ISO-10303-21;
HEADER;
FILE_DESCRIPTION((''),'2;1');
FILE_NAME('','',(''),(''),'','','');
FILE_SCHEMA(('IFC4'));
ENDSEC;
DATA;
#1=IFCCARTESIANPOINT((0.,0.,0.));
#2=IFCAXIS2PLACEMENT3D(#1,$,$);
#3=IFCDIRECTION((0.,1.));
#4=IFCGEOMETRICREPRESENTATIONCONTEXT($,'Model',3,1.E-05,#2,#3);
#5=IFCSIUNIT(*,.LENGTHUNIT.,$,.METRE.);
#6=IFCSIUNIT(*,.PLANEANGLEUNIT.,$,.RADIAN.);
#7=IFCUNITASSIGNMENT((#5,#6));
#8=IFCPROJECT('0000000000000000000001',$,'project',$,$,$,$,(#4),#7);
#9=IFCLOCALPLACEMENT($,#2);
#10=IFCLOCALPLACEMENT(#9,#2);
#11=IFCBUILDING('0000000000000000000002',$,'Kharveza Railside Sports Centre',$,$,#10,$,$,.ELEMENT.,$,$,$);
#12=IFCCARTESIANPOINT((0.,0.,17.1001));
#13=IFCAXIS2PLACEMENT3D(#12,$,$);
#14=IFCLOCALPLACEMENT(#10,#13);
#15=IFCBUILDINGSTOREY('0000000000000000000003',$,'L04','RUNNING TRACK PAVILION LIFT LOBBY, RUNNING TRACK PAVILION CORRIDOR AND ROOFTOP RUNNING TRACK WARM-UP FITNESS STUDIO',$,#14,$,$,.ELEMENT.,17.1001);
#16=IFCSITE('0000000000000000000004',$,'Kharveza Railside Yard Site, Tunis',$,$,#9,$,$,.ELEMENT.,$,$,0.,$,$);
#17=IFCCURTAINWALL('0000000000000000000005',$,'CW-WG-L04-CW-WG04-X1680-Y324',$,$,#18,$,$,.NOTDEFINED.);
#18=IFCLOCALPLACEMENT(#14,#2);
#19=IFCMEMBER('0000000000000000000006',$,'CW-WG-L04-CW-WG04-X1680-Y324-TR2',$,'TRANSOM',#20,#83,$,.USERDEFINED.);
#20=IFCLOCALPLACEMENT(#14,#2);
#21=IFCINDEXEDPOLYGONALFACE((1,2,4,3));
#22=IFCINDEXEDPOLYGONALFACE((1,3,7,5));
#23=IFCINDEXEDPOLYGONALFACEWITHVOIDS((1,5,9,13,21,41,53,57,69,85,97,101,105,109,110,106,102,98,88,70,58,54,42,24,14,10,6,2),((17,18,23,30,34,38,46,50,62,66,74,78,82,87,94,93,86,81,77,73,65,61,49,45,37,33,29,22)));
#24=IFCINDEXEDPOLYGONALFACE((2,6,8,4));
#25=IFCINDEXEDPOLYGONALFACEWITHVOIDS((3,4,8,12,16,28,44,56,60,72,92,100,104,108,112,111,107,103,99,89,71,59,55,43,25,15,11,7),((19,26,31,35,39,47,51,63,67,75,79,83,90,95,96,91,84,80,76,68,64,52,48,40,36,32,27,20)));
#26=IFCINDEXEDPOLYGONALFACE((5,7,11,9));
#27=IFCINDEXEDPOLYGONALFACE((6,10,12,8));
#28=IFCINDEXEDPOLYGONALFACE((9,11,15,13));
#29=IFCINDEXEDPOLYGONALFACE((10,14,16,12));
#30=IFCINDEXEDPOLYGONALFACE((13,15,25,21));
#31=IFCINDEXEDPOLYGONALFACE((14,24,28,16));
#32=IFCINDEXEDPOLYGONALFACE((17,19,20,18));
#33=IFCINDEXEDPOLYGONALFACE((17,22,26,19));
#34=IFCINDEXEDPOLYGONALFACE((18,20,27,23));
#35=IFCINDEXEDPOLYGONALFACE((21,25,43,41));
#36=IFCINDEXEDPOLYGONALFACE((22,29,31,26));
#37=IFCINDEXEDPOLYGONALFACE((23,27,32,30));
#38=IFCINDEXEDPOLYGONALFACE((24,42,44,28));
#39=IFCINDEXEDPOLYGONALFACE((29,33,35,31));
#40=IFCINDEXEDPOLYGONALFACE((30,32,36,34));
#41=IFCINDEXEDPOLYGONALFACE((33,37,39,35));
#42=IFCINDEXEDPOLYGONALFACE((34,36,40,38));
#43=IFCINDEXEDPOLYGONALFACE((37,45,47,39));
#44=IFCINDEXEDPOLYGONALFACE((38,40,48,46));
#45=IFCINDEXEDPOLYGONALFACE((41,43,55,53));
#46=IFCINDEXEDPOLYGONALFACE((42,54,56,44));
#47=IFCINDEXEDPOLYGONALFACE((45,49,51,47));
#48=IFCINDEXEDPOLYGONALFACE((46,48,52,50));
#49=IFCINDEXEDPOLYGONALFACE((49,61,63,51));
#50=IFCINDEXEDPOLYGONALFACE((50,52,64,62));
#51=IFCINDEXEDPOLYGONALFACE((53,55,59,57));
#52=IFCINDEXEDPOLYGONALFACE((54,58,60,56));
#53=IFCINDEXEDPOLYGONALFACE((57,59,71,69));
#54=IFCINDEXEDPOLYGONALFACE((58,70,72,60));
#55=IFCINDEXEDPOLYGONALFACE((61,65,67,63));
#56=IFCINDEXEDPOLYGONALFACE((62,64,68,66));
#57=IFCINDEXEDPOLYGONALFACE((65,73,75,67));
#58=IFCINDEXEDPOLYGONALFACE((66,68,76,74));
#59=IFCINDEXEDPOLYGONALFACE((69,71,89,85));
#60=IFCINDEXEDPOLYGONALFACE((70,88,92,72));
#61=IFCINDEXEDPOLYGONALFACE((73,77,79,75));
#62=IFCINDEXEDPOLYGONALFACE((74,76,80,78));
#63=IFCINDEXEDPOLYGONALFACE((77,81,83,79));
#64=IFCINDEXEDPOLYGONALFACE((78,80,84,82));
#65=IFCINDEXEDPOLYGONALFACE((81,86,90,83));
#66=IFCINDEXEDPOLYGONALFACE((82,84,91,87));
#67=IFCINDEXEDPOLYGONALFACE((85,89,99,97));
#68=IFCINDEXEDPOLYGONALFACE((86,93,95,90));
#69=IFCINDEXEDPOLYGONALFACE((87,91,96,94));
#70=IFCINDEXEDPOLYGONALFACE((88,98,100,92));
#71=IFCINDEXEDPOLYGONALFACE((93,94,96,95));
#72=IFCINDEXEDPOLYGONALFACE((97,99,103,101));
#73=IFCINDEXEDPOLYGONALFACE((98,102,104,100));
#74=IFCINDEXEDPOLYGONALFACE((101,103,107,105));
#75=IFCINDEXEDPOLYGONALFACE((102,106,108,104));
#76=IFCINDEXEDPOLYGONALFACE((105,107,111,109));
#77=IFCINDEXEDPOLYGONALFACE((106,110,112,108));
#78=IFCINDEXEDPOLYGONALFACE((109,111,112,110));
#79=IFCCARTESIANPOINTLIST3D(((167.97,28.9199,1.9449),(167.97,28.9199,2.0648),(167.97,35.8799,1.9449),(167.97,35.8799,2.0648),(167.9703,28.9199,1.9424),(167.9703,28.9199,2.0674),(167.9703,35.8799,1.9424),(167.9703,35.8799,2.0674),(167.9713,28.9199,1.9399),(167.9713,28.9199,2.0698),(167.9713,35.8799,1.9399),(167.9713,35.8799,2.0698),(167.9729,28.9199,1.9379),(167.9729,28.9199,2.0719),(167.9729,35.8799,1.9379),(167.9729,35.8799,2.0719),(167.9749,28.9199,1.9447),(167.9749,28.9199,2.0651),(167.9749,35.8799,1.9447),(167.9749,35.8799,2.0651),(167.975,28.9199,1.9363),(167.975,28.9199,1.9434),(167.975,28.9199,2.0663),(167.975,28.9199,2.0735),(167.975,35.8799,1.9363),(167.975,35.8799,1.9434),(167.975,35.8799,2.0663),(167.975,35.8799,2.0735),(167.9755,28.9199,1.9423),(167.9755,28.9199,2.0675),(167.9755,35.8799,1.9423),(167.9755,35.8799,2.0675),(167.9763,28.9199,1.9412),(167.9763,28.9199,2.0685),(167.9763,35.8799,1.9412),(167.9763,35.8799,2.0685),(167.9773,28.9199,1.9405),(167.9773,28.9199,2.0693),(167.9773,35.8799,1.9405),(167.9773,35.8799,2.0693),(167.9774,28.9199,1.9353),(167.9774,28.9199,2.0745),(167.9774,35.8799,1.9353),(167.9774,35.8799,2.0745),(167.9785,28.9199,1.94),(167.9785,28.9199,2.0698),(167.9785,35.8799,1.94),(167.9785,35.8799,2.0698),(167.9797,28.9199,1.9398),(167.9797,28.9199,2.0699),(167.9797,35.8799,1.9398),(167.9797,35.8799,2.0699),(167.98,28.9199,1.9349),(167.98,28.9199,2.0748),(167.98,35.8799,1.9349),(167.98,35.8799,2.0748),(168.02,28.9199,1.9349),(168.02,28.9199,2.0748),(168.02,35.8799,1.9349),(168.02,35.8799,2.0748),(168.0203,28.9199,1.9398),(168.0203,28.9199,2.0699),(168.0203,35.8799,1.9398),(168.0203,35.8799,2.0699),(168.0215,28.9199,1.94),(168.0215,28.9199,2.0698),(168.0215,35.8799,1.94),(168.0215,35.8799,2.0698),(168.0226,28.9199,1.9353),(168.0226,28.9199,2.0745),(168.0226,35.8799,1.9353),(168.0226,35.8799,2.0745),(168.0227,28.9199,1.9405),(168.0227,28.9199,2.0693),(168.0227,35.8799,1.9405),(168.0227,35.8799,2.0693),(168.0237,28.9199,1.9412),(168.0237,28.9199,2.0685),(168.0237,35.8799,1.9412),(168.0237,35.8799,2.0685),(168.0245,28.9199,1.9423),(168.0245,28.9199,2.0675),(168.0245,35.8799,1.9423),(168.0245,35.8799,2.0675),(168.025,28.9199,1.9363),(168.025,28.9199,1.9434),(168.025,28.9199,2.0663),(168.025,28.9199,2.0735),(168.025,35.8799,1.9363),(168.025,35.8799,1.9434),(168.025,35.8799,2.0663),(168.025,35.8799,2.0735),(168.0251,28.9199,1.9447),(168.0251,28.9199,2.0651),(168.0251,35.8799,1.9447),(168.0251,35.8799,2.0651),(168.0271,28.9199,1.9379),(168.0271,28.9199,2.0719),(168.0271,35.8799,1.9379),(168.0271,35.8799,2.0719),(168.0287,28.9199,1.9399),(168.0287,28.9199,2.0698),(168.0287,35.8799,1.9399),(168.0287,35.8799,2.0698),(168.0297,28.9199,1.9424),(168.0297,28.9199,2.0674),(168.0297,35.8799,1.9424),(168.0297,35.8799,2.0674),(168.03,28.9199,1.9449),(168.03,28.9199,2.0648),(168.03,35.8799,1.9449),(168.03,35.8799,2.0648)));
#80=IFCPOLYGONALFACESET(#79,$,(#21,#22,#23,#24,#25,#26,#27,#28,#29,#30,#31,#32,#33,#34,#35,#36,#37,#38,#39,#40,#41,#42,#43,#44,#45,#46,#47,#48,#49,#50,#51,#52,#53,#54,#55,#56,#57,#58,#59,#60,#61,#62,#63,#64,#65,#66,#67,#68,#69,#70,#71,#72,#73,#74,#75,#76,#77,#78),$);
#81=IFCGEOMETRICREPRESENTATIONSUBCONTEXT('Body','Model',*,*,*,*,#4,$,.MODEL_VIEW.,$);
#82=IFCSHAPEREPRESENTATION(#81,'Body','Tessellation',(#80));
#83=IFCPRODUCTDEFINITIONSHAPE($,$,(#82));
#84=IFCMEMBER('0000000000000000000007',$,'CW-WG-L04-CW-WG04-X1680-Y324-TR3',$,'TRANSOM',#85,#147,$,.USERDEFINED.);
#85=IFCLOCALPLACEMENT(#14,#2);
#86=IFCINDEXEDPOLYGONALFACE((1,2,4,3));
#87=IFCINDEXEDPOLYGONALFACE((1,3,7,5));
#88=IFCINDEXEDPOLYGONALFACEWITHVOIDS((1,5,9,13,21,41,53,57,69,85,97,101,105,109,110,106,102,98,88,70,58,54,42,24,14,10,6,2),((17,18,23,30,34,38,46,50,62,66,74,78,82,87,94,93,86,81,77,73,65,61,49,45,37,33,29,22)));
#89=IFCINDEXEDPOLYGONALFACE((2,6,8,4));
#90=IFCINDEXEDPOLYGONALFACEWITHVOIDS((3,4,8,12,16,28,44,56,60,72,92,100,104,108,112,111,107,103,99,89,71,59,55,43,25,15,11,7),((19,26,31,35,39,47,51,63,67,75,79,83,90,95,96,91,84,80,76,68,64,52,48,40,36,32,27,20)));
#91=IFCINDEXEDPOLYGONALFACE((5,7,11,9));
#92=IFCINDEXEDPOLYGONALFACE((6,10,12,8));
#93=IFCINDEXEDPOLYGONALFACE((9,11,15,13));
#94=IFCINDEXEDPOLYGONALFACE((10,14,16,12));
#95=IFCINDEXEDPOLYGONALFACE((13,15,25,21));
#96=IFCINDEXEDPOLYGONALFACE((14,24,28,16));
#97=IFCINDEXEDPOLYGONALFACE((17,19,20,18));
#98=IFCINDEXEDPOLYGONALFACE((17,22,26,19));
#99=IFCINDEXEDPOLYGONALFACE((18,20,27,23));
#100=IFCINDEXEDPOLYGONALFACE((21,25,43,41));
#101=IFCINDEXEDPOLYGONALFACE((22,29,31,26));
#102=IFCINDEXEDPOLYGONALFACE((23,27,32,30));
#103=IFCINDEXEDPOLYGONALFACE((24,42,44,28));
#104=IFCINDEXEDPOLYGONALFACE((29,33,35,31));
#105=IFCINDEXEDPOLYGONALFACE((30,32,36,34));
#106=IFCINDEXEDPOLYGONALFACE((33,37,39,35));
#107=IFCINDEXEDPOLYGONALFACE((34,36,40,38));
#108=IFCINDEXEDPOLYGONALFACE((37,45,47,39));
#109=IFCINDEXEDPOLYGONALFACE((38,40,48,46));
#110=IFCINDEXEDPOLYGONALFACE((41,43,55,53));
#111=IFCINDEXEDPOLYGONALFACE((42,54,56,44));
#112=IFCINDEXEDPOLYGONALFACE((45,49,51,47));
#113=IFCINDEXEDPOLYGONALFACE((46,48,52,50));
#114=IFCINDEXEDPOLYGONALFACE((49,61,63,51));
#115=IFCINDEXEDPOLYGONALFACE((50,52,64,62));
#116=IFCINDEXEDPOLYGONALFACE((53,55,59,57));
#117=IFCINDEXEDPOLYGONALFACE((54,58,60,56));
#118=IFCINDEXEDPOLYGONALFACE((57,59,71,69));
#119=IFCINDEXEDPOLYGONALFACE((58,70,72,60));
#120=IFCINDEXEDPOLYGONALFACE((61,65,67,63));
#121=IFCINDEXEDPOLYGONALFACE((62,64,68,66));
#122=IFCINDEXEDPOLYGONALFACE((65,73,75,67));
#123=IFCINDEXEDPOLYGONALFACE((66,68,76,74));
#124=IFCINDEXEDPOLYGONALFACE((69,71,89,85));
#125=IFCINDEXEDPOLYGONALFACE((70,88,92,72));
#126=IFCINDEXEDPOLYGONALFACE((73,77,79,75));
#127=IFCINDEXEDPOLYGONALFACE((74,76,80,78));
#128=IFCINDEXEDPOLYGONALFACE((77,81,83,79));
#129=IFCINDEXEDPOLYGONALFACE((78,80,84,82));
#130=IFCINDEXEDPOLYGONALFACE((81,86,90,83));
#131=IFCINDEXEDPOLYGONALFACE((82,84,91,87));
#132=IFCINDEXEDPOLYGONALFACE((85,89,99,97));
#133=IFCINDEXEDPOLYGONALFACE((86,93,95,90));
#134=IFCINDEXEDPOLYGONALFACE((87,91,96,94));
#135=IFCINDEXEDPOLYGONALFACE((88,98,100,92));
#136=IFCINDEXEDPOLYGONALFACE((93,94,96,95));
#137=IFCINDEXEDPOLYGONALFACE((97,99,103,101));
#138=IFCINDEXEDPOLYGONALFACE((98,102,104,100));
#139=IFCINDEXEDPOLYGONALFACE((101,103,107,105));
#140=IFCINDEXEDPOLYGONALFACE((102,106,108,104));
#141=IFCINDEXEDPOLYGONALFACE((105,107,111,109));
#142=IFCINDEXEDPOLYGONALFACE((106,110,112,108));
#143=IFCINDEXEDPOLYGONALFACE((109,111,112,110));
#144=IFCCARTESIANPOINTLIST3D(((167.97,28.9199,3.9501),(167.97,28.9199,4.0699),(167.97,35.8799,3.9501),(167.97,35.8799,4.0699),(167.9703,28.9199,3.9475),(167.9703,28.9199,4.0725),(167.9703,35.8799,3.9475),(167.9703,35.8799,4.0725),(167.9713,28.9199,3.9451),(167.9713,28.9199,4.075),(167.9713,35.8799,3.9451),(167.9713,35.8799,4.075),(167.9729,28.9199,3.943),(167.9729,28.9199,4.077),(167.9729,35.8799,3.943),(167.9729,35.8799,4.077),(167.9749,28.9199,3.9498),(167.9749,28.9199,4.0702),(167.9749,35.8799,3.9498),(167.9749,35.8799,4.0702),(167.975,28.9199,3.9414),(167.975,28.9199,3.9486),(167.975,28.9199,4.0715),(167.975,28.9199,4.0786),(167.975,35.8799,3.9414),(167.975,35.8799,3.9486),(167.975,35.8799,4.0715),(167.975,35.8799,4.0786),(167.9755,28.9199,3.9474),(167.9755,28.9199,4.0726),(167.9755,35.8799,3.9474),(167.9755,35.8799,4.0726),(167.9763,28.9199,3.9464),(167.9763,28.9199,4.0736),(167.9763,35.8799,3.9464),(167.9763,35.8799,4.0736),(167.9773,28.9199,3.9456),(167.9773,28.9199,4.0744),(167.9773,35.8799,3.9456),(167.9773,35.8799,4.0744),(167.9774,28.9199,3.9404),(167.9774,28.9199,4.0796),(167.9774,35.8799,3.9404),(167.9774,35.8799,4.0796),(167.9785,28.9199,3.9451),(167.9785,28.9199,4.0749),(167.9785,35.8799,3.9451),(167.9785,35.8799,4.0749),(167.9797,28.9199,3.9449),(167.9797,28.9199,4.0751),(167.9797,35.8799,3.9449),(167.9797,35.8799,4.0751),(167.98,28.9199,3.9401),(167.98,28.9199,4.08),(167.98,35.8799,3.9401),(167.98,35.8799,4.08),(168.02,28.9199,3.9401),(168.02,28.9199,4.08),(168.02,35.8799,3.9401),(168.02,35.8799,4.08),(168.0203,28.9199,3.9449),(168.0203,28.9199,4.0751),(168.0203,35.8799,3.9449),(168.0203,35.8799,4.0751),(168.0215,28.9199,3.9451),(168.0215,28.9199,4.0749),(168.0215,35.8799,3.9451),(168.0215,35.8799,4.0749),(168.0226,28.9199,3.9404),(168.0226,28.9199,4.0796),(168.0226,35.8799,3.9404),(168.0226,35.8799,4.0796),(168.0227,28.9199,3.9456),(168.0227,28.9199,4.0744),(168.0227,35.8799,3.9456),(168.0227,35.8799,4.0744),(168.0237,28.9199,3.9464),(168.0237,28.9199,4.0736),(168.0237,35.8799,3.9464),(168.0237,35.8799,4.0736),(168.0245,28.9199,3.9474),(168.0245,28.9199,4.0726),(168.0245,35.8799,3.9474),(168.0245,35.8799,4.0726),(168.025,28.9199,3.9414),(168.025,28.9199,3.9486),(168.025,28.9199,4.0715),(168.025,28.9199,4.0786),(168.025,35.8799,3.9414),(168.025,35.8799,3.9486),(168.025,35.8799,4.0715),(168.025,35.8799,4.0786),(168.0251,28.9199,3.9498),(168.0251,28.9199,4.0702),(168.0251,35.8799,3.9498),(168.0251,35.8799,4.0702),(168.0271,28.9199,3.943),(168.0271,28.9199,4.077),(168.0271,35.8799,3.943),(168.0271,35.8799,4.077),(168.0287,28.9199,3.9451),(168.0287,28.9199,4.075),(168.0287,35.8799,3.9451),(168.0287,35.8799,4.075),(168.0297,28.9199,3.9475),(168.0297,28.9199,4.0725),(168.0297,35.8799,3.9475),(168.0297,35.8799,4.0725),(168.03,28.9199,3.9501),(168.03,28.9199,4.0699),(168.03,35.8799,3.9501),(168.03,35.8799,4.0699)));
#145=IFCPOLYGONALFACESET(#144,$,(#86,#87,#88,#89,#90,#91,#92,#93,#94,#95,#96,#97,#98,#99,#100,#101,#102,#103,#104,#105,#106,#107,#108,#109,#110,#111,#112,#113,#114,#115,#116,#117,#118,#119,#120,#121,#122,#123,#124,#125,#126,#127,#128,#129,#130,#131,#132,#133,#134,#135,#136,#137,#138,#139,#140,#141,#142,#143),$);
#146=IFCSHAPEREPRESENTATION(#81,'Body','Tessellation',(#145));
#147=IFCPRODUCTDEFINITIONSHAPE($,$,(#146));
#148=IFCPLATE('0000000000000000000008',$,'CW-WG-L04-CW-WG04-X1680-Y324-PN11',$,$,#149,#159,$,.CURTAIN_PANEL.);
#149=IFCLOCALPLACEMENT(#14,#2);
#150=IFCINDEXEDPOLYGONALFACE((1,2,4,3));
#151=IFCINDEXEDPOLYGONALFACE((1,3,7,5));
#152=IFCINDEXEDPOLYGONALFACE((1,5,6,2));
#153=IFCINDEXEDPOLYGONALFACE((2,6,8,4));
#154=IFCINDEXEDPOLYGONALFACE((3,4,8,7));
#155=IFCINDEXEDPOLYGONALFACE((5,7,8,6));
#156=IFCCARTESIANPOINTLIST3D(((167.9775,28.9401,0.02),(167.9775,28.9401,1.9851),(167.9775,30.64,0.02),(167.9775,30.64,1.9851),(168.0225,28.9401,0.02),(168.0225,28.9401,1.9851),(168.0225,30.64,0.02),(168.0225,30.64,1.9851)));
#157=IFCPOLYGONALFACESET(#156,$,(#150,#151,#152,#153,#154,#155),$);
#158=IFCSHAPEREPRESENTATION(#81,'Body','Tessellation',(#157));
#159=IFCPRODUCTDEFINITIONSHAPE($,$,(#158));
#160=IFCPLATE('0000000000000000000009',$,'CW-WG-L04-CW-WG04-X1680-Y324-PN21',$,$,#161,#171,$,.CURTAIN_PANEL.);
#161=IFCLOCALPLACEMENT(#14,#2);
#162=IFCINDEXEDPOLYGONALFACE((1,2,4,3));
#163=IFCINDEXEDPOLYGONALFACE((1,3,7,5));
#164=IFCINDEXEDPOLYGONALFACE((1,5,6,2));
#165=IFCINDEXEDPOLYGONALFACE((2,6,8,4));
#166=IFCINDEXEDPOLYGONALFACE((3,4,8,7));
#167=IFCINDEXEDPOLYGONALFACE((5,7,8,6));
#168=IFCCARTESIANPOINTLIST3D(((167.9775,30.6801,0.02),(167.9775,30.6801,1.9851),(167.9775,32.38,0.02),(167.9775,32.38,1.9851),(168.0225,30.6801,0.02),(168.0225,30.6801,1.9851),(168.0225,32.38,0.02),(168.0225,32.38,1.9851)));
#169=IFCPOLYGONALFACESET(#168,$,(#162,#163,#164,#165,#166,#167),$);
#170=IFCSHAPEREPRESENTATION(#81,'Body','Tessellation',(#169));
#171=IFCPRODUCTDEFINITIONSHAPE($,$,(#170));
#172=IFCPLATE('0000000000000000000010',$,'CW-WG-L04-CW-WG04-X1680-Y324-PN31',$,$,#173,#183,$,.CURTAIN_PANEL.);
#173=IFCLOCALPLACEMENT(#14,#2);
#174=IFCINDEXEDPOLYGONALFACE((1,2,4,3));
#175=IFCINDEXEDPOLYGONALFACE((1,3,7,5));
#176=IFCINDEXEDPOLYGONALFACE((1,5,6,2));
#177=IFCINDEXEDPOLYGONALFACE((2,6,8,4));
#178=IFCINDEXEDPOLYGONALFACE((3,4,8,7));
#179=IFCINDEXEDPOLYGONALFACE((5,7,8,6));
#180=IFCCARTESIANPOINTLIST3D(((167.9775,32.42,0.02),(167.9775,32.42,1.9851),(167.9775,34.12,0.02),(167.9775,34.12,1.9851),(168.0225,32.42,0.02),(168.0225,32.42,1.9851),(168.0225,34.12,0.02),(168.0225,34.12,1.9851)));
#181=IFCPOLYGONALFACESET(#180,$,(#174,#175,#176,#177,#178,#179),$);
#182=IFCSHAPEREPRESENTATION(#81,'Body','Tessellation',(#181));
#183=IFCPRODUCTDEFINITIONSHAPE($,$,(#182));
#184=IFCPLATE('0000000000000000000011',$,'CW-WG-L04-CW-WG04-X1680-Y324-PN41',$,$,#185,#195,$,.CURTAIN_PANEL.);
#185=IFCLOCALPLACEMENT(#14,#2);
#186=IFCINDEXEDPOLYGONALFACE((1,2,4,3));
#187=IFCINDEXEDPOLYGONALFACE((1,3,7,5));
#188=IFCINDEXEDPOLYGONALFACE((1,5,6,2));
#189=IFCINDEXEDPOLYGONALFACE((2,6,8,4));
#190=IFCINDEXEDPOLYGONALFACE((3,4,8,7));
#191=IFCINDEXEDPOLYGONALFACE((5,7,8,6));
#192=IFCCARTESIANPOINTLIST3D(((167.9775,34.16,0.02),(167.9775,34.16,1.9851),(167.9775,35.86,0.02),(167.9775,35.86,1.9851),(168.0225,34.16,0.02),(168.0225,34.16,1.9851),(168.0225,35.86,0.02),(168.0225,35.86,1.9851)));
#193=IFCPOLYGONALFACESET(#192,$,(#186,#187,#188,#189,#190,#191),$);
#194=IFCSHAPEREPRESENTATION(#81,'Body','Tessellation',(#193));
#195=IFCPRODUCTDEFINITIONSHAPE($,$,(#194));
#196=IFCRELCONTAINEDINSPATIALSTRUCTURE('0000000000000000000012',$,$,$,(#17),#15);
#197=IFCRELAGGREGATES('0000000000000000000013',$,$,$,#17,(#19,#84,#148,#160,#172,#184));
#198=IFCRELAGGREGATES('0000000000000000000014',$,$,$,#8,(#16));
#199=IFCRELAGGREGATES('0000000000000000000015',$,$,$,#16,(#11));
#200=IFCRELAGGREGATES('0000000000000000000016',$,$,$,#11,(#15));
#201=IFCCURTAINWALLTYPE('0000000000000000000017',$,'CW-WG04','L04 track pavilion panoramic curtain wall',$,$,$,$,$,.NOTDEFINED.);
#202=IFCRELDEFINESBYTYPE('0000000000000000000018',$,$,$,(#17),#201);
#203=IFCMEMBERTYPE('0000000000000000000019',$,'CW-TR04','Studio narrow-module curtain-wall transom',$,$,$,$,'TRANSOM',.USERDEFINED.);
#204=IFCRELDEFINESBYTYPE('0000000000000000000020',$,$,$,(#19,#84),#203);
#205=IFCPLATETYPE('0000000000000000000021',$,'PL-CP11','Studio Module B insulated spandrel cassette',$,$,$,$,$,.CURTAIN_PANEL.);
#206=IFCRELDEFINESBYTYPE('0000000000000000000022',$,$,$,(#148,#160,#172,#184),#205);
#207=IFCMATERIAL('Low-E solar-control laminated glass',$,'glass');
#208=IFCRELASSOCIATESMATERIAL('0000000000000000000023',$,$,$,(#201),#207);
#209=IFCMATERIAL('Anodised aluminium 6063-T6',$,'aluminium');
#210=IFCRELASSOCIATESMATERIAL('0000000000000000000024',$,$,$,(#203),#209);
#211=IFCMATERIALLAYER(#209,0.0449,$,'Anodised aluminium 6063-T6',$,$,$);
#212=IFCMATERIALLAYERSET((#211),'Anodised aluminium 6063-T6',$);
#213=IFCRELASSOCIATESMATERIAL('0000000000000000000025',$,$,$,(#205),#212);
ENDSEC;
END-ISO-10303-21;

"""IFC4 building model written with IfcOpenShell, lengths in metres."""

from ifc_helpers import new_model, si_unit, direction, frame, origin, origin_2d, place, context, subcontext, project, spatial, rectangle, hollow_rectangle, extrude, material, layer, layer_set, material_profile, profile_set, type_object, element, aggregate, save


model = new_model("IFC4")

# Units and contexts
model_context = context("Model", 3, precision=1e-05, world=origin(), true_north=direction((0.0, 1.0)))
body_context = subcontext(model_context, "Body", "Model", "MODEL_VIEW")
ifc_project = project(units=[si_unit("LENGTHUNIT", "METRE"), si_unit("PLANEANGLEUNIT", "RADIAN")], contexts=[model_context])

# Site, building, storey
site_placement = place(None, origin())
site = spatial("IfcSite", under=ifc_project, at=site_placement, Name="Kharveza Railside Yard Site, Tunis", CompositionType="ELEMENT", RefElevation=0.0)
building_placement = place(site_placement, origin())
building = spatial("IfcBuilding", under=site, at=building_placement, Name="Kharveza Railside Sports Centre", CompositionType="ELEMENT")
storey_placement = place(building_placement, frame((0.0, 0.0, 17.1001)))
storey = spatial("IfcBuildingStorey", under=building, at=storey_placement, Name="L04", Description="RUNNING TRACK PAVILION LIFT LOBBY, RUNNING TRACK PAVILION CORRIDOR AND ROOFTOP RUNNING TRACK WARM-UP FITNESS STUDIO", CompositionType="ELEMENT", Elevation=17.1001)

# Curtain wall, members, plates
ifc_material_1 = material(Name="Low-E solar-control laminated glass", Category="glass")
curtain_wall_type = type_object("IfcCurtainWallType", Name="CW-WG04", Description="L04 track pavilion panoramic curtain wall", PredefinedType="NOTDEFINED", material=ifc_material_1)
curtain_wall_placement = place(storey_placement, origin())
curtain_wall = element("IfcCurtainWall", 1, at=curtain_wall_placement, inside=storey, type_object=curtain_wall_type, Name="CW-WG-L04-CW-WG04-X1680-Y324", PredefinedType="NOTDEFINED")
ifc_material_2 = material(Name="Anodised aluminium 6063-T6", Category="aluminium")
ifc_material_profile_1 = material_profile(ifc_material_2, hollow_rectangle(XDim=0.0601, YDim=0.1399, WallThickness=0.0049, InnerFilletRadius=0.0049, OuterFilletRadius=0.01, at=origin_2d()), Name="RHS 60x140x5.0")
ifc_profile_set_1 = profile_set([ifc_material_profile_1], Name="Anodised aluminium 6063-T6")
member_type_1 = type_object("IfcMemberType", Name="CW-TR04", Description="Studio narrow-module curtain-wall transom", ElementType="TRANSOM", PredefinedType="USERDEFINED", material=ifc_profile_set_1)
member_1_placement = place(storey_placement, frame((168.0, 28.9199, 2.0049), z_axis=(0.0, 1.0, 0.0), x_axis=(-1.0, 0.0, 0.0)))
member_1 = element("IfcMember", 2, at=member_1_placement, type_object=member_type_1, Name="CW-WG-L04-CW-WG04-X1680-Y324-TR2", ObjectType="TRANSOM", PredefinedType="USERDEFINED", context=body_context, shape_type="SweptSolid", body=[
    extrude(hollow_rectangle(XDim=0.0601, YDim=0.1399, WallThickness=0.0049, InnerFilletRadius=0.0049, OuterFilletRadius=0.01, at=origin_2d()), origin(), (0.0, 0.0, 1.0), 6.96),
])
member_2_placement = place(storey_placement, frame((168.0, 28.9199, 4.01), z_axis=(0.0, 1.0, 0.0), x_axis=(-1.0, 0.0, 0.0)))
member_2 = element("IfcMember", 3, at=member_2_placement, type_object=member_type_1, Name="CW-WG-L04-CW-WG04-X1680-Y324-TR3", ObjectType="TRANSOM", PredefinedType="USERDEFINED", context=body_context, shape_type="SweptSolid", body=[
    extrude(hollow_rectangle(XDim=0.0601, YDim=0.1399, WallThickness=0.0049, InnerFilletRadius=0.0049, OuterFilletRadius=0.01, at=origin_2d()), origin(), (0.0, 0.0, 1.0), 6.96),
])
ifc_layer_1 = layer(ifc_material_2, 0.0449, Name="Anodised aluminium 6063-T6")
ifc_layer_set_1 = layer_set([ifc_layer_1], Name="Anodised aluminium 6063-T6")
plate_type_1 = type_object("IfcPlateType", Name="PL-CP11", Description="Studio Module B insulated spandrel cassette", PredefinedType="CURTAIN_PANEL", material=ifc_layer_set_1)
plate_1_placement = place(storey_placement, frame((168.0, 29.79, 0.02), z_axis=(0.0, 0.0, 1.0), x_axis=(0.0, 1.0, 0.0)))
plate_1 = element("IfcPlate", 4, at=plate_1_placement, type_object=plate_type_1, Name="CW-WG-L04-CW-WG04-X1680-Y324-PN11", PredefinedType="CURTAIN_PANEL", context=body_context, shape_type="SweptSolid", body=[
    extrude(rectangle(XDim=1.7, YDim=0.0449, at=origin_2d()), origin(), (0.0, 0.0, 1.0), 1.9651),
])
plate_2_placement = place(storey_placement, frame((168.0, 31.53, 0.02), z_axis=(0.0, 0.0, 1.0), x_axis=(0.0, 1.0, 0.0)))
plate_2 = element("IfcPlate", 5, at=plate_2_placement, type_object=plate_type_1, Name="CW-WG-L04-CW-WG04-X1680-Y324-PN21", PredefinedType="CURTAIN_PANEL", context=body_context, shape_type="SweptSolid", body=[
    extrude(rectangle(XDim=1.7, YDim=0.0449, at=origin_2d()), origin(), (0.0, 0.0, 1.0), 1.9651),
])
plate_3_placement = place(storey_placement, frame((168.0, 33.27, 0.02), z_axis=(0.0, 0.0, 1.0), x_axis=(0.0, 1.0, 0.0)))
plate_3 = element("IfcPlate", 6, at=plate_3_placement, type_object=plate_type_1, Name="CW-WG-L04-CW-WG04-X1680-Y324-PN31", PredefinedType="CURTAIN_PANEL", context=body_context, shape_type="SweptSolid", body=[
    extrude(rectangle(XDim=1.7, YDim=0.0449, at=origin_2d()), origin(), (0.0, 0.0, 1.0), 1.9651),
])
plate_4_placement = place(storey_placement, frame((168.0, 35.01, 0.02), z_axis=(0.0, 0.0, 1.0), x_axis=(0.0, 1.0, 0.0)))
plate_4 = element("IfcPlate", 7, at=plate_4_placement, type_object=plate_type_1, Name="CW-WG-L04-CW-WG04-X1680-Y324-PN41", PredefinedType="CURTAIN_PANEL", context=body_context, shape_type="SweptSolid", body=[
    extrude(rectangle(XDim=1.7, YDim=0.0449, at=origin_2d()), origin(), (0.0, 0.0, 1.0), 1.9651),
])
aggregate(curtain_wall, [member_1, member_2, plate_1, plate_2, plate_3, plate_4])

save(model, "model.ifc")
